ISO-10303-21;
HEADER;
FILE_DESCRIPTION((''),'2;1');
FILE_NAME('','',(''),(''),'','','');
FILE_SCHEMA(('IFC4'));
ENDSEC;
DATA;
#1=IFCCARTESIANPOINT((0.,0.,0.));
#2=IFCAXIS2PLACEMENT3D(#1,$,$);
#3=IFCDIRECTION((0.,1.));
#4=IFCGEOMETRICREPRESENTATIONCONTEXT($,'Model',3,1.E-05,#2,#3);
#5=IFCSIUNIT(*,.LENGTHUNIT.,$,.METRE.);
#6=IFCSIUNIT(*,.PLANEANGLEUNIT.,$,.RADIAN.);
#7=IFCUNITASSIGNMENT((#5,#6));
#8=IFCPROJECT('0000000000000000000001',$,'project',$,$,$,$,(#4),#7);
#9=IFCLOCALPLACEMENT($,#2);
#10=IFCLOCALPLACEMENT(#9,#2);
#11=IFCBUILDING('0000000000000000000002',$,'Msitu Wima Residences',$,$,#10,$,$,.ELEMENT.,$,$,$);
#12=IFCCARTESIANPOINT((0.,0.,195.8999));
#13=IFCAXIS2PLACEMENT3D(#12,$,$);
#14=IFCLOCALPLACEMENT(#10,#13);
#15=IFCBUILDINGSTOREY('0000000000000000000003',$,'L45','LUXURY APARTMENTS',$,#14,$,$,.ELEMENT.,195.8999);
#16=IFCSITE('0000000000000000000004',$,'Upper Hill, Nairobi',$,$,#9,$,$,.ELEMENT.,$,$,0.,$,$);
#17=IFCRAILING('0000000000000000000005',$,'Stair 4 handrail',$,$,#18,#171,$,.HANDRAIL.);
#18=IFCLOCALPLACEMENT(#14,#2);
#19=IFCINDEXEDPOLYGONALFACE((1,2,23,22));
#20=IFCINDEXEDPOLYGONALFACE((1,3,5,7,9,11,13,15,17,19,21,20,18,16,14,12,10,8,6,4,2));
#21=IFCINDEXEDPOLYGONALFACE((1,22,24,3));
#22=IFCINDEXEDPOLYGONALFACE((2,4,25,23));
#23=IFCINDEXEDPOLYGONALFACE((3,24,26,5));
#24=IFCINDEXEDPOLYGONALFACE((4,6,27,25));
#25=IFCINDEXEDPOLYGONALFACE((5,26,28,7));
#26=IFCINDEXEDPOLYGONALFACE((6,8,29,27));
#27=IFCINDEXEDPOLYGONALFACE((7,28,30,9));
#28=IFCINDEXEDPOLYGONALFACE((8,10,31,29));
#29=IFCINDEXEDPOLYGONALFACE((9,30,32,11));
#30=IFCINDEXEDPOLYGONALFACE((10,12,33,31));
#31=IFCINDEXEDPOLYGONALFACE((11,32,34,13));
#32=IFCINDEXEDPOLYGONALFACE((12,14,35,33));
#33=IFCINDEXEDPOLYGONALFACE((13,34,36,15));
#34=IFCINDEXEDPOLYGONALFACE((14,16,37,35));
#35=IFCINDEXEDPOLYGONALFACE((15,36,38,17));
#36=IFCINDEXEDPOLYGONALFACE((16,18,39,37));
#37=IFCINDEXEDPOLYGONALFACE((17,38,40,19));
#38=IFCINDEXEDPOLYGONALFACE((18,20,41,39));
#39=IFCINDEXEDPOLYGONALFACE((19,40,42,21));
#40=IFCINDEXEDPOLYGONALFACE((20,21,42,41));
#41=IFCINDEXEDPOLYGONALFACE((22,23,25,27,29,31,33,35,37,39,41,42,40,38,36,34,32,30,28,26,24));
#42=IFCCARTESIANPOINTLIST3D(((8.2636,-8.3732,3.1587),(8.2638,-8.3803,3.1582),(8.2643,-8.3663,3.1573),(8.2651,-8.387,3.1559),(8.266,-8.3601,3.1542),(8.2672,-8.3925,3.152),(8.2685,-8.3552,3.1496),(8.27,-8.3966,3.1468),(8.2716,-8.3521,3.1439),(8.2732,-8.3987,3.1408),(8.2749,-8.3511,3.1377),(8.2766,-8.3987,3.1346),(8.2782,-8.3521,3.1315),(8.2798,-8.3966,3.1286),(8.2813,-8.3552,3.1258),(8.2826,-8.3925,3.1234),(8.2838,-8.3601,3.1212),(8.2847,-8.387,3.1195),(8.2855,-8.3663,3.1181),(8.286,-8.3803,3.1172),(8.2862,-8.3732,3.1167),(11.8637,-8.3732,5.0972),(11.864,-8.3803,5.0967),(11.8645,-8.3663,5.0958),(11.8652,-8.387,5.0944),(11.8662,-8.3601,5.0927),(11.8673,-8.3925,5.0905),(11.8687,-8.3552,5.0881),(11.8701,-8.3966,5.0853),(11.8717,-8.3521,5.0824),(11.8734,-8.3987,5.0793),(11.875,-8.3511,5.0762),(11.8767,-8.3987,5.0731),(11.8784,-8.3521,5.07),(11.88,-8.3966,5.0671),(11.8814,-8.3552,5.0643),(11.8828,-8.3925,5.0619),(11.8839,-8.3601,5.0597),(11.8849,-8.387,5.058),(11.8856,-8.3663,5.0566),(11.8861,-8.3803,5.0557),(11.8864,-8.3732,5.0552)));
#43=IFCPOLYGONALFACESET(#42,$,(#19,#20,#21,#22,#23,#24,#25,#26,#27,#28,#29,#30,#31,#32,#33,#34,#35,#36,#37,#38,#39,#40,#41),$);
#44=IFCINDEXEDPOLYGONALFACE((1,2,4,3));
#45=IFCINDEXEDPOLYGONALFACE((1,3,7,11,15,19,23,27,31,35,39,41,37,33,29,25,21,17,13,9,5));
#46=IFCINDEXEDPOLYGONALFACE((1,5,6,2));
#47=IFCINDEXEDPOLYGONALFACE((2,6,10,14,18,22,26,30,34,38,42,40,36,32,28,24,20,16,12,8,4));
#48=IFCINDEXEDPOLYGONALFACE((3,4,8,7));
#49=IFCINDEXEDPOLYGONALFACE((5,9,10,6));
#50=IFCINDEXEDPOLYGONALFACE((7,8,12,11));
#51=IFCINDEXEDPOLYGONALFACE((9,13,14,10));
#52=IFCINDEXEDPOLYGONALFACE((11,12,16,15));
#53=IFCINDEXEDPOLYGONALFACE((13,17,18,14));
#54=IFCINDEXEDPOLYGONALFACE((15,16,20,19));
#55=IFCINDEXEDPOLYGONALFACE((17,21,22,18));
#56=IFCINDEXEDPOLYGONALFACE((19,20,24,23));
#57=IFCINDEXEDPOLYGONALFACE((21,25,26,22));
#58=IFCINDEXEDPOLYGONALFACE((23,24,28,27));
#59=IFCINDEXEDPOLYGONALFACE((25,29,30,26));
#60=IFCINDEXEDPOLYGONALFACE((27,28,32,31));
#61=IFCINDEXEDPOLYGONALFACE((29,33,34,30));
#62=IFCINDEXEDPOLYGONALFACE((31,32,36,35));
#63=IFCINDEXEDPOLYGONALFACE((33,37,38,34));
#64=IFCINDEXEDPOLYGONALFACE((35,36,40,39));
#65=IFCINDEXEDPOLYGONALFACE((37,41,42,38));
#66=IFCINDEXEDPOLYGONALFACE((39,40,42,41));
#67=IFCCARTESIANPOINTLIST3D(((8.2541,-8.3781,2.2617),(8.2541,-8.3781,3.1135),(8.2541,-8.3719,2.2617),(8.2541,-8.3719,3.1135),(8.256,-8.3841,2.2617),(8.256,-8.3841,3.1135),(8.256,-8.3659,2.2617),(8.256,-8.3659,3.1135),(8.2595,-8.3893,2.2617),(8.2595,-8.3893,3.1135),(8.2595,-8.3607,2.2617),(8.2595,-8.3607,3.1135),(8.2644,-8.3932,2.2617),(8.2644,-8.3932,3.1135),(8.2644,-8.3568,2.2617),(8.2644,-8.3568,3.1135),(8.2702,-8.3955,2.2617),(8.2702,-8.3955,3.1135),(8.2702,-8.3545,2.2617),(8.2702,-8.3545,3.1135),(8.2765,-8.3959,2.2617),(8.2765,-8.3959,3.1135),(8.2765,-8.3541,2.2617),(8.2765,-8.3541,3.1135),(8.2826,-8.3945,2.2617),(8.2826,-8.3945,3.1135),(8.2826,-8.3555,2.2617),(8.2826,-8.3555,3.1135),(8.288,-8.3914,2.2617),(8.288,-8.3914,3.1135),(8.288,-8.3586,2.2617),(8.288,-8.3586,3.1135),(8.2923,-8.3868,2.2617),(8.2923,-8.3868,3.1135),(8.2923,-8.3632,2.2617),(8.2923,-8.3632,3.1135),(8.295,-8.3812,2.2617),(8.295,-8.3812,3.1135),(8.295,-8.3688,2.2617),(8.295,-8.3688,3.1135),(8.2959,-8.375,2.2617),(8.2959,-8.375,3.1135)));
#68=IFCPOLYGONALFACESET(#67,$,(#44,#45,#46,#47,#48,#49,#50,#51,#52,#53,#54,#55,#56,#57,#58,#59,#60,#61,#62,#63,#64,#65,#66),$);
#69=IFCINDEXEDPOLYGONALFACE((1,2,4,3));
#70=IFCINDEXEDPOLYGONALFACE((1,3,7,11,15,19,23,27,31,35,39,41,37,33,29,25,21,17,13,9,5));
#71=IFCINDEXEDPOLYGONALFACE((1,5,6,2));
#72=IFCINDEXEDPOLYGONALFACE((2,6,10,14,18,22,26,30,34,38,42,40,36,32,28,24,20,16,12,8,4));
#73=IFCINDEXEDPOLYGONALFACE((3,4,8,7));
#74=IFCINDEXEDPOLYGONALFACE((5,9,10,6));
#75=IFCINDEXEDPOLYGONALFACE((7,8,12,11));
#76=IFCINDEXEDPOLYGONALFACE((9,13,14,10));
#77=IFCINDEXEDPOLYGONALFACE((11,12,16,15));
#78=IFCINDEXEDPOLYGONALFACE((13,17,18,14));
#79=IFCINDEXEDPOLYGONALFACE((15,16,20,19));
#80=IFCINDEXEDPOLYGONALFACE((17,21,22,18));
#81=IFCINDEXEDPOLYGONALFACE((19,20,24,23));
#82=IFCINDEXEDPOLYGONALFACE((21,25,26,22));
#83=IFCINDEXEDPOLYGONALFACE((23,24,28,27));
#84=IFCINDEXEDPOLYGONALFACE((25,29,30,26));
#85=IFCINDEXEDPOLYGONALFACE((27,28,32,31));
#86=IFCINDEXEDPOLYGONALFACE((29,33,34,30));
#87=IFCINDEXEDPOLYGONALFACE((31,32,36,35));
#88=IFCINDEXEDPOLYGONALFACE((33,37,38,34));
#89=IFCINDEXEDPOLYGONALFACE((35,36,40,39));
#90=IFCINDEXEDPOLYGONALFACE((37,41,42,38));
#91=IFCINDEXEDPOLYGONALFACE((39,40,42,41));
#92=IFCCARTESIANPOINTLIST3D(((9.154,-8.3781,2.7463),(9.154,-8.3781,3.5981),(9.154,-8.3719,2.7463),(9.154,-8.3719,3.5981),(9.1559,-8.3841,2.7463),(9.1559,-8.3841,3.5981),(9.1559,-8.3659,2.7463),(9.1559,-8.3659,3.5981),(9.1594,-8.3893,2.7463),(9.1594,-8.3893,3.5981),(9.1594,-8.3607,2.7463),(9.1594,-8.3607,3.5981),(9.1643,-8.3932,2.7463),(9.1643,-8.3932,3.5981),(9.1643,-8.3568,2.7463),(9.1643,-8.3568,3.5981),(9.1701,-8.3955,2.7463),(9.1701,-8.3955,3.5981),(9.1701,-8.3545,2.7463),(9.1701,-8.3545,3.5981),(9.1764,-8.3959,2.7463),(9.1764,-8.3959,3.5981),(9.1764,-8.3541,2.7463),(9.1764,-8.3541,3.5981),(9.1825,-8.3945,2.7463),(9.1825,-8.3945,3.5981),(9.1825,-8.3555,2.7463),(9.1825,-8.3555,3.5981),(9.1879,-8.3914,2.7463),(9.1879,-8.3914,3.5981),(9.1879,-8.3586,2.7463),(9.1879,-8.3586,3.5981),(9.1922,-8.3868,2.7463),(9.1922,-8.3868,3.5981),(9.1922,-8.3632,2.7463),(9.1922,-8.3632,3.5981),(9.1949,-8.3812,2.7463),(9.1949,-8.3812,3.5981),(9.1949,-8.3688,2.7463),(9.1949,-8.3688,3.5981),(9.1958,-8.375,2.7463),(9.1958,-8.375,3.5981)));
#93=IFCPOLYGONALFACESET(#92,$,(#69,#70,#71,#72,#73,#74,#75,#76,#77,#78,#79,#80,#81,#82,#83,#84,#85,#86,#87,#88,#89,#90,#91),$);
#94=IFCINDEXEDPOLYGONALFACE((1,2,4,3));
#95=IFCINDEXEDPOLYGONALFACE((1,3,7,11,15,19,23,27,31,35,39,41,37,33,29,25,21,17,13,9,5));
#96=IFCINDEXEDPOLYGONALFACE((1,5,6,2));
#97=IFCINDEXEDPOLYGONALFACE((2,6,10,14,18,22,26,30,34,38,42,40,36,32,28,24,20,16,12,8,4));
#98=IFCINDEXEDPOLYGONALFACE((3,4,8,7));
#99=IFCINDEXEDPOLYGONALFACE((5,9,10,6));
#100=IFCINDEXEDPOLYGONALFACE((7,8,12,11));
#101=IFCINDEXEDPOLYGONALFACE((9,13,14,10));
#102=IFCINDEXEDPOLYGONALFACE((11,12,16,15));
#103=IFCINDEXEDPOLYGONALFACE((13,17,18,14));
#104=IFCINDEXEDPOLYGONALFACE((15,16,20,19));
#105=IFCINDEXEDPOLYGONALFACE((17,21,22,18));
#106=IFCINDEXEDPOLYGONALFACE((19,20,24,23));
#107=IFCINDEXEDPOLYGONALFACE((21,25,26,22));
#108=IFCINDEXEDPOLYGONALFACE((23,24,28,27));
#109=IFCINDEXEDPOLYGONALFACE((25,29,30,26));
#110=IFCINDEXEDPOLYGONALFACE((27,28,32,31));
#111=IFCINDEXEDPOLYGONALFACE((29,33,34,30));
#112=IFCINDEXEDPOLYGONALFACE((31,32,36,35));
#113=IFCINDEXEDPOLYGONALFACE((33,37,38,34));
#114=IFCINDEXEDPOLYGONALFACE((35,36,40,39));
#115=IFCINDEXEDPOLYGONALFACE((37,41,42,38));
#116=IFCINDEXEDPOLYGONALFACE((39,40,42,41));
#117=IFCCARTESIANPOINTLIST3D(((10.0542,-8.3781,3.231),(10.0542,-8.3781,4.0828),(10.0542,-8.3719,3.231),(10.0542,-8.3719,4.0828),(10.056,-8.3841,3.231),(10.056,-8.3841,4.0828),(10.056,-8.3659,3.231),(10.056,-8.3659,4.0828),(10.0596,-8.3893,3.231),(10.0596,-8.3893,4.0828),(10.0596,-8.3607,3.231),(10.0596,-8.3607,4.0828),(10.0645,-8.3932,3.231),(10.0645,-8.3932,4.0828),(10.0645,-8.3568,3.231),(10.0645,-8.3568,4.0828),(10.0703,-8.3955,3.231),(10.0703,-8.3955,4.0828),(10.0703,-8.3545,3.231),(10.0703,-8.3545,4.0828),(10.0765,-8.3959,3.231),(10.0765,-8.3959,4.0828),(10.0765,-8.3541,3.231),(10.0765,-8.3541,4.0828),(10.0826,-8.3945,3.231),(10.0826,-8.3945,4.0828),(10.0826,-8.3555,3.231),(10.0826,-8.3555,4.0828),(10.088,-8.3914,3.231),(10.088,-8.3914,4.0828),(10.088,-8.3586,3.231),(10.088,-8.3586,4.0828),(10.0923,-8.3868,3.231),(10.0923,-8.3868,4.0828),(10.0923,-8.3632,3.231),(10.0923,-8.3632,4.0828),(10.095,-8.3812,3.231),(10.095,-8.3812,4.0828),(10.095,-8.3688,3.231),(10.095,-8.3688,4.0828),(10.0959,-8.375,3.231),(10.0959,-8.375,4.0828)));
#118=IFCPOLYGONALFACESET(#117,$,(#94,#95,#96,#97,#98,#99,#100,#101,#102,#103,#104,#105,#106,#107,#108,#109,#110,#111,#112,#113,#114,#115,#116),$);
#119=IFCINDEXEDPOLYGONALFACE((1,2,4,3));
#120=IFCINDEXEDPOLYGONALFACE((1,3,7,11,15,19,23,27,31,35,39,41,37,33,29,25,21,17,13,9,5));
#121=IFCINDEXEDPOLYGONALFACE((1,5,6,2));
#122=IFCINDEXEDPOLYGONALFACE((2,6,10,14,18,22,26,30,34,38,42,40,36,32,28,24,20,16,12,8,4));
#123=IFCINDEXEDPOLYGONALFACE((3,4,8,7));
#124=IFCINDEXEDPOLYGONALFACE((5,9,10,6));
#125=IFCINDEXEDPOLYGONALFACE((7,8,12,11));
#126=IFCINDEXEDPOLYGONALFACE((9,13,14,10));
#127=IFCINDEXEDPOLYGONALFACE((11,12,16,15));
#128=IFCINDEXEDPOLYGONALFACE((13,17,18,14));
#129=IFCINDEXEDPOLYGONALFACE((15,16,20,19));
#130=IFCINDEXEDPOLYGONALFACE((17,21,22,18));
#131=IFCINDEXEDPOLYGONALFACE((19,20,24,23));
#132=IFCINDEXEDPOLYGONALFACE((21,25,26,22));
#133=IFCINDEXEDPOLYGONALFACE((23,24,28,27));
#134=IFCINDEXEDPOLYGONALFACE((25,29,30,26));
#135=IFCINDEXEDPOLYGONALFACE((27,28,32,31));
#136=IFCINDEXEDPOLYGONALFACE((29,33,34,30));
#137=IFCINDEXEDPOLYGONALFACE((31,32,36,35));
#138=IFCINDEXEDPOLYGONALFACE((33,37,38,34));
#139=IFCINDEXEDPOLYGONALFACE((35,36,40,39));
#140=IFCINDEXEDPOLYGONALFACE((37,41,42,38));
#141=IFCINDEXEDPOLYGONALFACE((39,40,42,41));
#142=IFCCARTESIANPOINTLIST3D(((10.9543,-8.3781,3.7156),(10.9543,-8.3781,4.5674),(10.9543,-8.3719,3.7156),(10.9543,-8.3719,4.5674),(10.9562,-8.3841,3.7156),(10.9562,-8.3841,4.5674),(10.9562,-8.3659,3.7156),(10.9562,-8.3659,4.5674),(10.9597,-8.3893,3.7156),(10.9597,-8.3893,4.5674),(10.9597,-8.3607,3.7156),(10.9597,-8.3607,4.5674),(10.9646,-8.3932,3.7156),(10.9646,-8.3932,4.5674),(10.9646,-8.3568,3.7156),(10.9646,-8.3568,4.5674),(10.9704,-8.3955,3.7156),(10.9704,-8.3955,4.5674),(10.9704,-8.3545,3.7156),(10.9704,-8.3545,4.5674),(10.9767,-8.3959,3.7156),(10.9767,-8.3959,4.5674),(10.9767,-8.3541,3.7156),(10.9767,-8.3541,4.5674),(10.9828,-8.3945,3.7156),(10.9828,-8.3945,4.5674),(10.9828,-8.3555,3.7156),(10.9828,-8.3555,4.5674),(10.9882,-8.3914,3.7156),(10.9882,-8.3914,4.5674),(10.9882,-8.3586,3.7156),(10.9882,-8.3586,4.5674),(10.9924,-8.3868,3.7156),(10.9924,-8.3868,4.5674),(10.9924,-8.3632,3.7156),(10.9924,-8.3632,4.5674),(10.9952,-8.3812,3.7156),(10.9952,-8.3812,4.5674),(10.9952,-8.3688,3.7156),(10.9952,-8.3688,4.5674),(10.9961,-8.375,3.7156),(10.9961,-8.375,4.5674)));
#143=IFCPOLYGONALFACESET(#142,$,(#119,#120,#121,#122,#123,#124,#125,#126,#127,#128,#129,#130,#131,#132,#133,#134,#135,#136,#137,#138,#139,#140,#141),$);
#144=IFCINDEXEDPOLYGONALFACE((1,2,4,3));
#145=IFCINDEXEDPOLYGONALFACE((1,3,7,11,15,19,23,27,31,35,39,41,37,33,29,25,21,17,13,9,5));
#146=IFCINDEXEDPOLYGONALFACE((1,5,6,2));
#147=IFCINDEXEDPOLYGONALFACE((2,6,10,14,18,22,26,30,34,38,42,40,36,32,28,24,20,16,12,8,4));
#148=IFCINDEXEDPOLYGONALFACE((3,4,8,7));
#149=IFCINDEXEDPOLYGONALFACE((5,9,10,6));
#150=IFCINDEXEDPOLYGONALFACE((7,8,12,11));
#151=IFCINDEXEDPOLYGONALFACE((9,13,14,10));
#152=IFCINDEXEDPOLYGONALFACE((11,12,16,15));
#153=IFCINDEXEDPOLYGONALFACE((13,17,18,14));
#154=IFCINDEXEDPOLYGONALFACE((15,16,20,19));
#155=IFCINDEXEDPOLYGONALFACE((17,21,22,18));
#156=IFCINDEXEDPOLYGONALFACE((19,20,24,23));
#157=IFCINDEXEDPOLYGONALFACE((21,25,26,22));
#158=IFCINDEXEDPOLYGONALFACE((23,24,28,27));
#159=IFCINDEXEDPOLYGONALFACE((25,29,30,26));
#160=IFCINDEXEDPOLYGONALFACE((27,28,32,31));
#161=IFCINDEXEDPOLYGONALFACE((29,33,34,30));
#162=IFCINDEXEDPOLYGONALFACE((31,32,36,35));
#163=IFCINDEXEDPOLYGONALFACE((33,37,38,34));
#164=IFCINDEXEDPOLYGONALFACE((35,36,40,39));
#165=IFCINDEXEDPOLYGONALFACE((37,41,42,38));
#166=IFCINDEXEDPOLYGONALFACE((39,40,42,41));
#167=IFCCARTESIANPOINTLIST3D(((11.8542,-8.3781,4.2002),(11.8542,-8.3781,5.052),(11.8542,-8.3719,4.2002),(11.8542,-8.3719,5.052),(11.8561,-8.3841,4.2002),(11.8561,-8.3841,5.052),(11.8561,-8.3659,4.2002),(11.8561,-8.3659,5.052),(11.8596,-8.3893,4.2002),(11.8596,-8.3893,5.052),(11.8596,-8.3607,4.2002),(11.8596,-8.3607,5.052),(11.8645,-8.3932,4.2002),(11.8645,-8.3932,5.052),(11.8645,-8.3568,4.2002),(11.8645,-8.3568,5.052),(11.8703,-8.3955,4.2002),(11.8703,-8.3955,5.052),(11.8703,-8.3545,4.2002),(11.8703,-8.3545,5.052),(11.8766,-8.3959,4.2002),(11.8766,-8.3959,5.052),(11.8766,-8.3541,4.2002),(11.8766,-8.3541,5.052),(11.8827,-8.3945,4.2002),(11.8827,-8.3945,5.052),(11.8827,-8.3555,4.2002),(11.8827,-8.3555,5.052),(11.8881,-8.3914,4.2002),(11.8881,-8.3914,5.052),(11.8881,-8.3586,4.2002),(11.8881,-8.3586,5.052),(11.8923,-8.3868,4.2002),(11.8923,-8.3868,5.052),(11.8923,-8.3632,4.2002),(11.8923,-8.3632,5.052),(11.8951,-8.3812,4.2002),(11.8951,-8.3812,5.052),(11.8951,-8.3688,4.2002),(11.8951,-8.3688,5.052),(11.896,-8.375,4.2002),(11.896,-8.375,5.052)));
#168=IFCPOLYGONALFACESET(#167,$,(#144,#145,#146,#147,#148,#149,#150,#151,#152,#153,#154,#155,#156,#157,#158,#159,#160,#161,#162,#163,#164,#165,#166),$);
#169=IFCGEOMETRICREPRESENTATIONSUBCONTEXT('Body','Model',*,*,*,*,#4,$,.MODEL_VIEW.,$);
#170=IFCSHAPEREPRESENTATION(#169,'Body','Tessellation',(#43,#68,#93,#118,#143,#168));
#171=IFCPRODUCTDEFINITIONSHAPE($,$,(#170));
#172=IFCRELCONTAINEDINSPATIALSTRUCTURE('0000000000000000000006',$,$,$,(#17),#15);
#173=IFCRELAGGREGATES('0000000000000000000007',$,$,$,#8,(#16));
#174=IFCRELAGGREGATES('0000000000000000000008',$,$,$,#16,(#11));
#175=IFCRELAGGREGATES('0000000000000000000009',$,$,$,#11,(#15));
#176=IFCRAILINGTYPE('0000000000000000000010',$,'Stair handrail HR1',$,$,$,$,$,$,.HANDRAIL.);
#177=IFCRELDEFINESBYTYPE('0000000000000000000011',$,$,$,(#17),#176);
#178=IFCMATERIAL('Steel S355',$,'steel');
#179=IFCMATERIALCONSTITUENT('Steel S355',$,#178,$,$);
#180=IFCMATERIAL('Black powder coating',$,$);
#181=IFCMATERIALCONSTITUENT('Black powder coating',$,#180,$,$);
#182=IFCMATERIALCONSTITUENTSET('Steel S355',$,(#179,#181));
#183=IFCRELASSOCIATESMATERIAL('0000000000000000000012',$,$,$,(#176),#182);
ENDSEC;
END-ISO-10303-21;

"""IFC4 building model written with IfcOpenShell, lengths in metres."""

from ifc_helpers import new_model, si_unit, direction, frame, origin, origin_2d, place, context, subcontext, project, spatial, circle, extrude, material, constituent, constituent_set, type_object, element, save


model = new_model("IFC4")

# Units and contexts
model_context = context("Model", 3, precision=1e-05, world=origin(), true_north=direction((0.0, 1.0)))
body_context = subcontext(model_context, "Body", "Model", "MODEL_VIEW")
ifc_project = project(units=[si_unit("LENGTHUNIT", "METRE"), si_unit("PLANEANGLEUNIT", "RADIAN")], contexts=[model_context])

# Site, building, storey
site_placement = place(None, origin())
site = spatial("IfcSite", under=ifc_project, at=site_placement, Name="Upper Hill, Nairobi", CompositionType="ELEMENT", RefElevation=0.0)
building_placement = place(site_placement, origin())
building = spatial("IfcBuilding", under=site, at=building_placement, Name="Msitu Wima Residences", CompositionType="ELEMENT")
storey_placement = place(building_placement, frame((0.0, 0.0, 195.8999)))
storey = spatial("IfcBuildingStorey", under=building, at=storey_placement, Name="L45", Description="LUXURY APARTMENTS", CompositionType="ELEMENT", Elevation=195.8999)

# Railing
ifc_material_1 = material(Name="Steel S355", Category="steel")
ifc_constituent_1 = constituent(ifc_material_1, Name="Steel S355")
ifc_material_2 = material(Name="Black powder coating")
ifc_constituent_2 = constituent(ifc_material_2, Name="Black powder coating")
ifc_constituent_set = constituent_set(constituents=[ifc_constituent_1, ifc_constituent_2], Name="Steel S355")
railing_type = type_object("IfcRailingType", Name="Stair handrail HR1", PredefinedType="HANDRAIL", material=ifc_constituent_set)
for number, where, name in (
    (1, (8.2749, -8.375, 2.2617), "Stair 4 handrail"),
):
    element("IfcRailing", number, at=place(storey_placement, frame(where)), inside=storey, type_object=railing_type, Name=name, PredefinedType="HANDRAIL", context=body_context, shape_type="SweptSolid", body=[
        extrude(circle(Radius=0.0239, at=origin_2d()), frame((0.0, 0.0, 0.876), z_axis=(0.880475, 0.0, 0.474093), x_axis=(0.0, 1.0, 0.0)), (0.0, 0.0, 1.0), 4.0889),
        extrude(circle(Radius=0.021, at=origin_2d()), origin(), (0.0, 0.0, 1.0), 0.8518),
        extrude(circle(Radius=0.021, at=origin_2d()), frame((0.8999, 0.0, 0.4846)), (0.0, 0.0, 1.0), 0.8518),
        extrude(circle(Radius=0.021, at=origin_2d()), frame((1.8, 0.0, 0.9692)), (0.0, 0.0, 1.0), 0.8518),
        extrude(circle(Radius=0.021, at=origin_2d()), frame((2.7002, 0.0, 1.4539)), (0.0, 0.0, 1.0), 0.8518),
        extrude(circle(Radius=0.021, at=origin_2d()), frame((3.6001, 0.0, 1.9385)), (0.0, 0.0, 1.0), 0.8518),
    ])

save(model, "model.ifc")
